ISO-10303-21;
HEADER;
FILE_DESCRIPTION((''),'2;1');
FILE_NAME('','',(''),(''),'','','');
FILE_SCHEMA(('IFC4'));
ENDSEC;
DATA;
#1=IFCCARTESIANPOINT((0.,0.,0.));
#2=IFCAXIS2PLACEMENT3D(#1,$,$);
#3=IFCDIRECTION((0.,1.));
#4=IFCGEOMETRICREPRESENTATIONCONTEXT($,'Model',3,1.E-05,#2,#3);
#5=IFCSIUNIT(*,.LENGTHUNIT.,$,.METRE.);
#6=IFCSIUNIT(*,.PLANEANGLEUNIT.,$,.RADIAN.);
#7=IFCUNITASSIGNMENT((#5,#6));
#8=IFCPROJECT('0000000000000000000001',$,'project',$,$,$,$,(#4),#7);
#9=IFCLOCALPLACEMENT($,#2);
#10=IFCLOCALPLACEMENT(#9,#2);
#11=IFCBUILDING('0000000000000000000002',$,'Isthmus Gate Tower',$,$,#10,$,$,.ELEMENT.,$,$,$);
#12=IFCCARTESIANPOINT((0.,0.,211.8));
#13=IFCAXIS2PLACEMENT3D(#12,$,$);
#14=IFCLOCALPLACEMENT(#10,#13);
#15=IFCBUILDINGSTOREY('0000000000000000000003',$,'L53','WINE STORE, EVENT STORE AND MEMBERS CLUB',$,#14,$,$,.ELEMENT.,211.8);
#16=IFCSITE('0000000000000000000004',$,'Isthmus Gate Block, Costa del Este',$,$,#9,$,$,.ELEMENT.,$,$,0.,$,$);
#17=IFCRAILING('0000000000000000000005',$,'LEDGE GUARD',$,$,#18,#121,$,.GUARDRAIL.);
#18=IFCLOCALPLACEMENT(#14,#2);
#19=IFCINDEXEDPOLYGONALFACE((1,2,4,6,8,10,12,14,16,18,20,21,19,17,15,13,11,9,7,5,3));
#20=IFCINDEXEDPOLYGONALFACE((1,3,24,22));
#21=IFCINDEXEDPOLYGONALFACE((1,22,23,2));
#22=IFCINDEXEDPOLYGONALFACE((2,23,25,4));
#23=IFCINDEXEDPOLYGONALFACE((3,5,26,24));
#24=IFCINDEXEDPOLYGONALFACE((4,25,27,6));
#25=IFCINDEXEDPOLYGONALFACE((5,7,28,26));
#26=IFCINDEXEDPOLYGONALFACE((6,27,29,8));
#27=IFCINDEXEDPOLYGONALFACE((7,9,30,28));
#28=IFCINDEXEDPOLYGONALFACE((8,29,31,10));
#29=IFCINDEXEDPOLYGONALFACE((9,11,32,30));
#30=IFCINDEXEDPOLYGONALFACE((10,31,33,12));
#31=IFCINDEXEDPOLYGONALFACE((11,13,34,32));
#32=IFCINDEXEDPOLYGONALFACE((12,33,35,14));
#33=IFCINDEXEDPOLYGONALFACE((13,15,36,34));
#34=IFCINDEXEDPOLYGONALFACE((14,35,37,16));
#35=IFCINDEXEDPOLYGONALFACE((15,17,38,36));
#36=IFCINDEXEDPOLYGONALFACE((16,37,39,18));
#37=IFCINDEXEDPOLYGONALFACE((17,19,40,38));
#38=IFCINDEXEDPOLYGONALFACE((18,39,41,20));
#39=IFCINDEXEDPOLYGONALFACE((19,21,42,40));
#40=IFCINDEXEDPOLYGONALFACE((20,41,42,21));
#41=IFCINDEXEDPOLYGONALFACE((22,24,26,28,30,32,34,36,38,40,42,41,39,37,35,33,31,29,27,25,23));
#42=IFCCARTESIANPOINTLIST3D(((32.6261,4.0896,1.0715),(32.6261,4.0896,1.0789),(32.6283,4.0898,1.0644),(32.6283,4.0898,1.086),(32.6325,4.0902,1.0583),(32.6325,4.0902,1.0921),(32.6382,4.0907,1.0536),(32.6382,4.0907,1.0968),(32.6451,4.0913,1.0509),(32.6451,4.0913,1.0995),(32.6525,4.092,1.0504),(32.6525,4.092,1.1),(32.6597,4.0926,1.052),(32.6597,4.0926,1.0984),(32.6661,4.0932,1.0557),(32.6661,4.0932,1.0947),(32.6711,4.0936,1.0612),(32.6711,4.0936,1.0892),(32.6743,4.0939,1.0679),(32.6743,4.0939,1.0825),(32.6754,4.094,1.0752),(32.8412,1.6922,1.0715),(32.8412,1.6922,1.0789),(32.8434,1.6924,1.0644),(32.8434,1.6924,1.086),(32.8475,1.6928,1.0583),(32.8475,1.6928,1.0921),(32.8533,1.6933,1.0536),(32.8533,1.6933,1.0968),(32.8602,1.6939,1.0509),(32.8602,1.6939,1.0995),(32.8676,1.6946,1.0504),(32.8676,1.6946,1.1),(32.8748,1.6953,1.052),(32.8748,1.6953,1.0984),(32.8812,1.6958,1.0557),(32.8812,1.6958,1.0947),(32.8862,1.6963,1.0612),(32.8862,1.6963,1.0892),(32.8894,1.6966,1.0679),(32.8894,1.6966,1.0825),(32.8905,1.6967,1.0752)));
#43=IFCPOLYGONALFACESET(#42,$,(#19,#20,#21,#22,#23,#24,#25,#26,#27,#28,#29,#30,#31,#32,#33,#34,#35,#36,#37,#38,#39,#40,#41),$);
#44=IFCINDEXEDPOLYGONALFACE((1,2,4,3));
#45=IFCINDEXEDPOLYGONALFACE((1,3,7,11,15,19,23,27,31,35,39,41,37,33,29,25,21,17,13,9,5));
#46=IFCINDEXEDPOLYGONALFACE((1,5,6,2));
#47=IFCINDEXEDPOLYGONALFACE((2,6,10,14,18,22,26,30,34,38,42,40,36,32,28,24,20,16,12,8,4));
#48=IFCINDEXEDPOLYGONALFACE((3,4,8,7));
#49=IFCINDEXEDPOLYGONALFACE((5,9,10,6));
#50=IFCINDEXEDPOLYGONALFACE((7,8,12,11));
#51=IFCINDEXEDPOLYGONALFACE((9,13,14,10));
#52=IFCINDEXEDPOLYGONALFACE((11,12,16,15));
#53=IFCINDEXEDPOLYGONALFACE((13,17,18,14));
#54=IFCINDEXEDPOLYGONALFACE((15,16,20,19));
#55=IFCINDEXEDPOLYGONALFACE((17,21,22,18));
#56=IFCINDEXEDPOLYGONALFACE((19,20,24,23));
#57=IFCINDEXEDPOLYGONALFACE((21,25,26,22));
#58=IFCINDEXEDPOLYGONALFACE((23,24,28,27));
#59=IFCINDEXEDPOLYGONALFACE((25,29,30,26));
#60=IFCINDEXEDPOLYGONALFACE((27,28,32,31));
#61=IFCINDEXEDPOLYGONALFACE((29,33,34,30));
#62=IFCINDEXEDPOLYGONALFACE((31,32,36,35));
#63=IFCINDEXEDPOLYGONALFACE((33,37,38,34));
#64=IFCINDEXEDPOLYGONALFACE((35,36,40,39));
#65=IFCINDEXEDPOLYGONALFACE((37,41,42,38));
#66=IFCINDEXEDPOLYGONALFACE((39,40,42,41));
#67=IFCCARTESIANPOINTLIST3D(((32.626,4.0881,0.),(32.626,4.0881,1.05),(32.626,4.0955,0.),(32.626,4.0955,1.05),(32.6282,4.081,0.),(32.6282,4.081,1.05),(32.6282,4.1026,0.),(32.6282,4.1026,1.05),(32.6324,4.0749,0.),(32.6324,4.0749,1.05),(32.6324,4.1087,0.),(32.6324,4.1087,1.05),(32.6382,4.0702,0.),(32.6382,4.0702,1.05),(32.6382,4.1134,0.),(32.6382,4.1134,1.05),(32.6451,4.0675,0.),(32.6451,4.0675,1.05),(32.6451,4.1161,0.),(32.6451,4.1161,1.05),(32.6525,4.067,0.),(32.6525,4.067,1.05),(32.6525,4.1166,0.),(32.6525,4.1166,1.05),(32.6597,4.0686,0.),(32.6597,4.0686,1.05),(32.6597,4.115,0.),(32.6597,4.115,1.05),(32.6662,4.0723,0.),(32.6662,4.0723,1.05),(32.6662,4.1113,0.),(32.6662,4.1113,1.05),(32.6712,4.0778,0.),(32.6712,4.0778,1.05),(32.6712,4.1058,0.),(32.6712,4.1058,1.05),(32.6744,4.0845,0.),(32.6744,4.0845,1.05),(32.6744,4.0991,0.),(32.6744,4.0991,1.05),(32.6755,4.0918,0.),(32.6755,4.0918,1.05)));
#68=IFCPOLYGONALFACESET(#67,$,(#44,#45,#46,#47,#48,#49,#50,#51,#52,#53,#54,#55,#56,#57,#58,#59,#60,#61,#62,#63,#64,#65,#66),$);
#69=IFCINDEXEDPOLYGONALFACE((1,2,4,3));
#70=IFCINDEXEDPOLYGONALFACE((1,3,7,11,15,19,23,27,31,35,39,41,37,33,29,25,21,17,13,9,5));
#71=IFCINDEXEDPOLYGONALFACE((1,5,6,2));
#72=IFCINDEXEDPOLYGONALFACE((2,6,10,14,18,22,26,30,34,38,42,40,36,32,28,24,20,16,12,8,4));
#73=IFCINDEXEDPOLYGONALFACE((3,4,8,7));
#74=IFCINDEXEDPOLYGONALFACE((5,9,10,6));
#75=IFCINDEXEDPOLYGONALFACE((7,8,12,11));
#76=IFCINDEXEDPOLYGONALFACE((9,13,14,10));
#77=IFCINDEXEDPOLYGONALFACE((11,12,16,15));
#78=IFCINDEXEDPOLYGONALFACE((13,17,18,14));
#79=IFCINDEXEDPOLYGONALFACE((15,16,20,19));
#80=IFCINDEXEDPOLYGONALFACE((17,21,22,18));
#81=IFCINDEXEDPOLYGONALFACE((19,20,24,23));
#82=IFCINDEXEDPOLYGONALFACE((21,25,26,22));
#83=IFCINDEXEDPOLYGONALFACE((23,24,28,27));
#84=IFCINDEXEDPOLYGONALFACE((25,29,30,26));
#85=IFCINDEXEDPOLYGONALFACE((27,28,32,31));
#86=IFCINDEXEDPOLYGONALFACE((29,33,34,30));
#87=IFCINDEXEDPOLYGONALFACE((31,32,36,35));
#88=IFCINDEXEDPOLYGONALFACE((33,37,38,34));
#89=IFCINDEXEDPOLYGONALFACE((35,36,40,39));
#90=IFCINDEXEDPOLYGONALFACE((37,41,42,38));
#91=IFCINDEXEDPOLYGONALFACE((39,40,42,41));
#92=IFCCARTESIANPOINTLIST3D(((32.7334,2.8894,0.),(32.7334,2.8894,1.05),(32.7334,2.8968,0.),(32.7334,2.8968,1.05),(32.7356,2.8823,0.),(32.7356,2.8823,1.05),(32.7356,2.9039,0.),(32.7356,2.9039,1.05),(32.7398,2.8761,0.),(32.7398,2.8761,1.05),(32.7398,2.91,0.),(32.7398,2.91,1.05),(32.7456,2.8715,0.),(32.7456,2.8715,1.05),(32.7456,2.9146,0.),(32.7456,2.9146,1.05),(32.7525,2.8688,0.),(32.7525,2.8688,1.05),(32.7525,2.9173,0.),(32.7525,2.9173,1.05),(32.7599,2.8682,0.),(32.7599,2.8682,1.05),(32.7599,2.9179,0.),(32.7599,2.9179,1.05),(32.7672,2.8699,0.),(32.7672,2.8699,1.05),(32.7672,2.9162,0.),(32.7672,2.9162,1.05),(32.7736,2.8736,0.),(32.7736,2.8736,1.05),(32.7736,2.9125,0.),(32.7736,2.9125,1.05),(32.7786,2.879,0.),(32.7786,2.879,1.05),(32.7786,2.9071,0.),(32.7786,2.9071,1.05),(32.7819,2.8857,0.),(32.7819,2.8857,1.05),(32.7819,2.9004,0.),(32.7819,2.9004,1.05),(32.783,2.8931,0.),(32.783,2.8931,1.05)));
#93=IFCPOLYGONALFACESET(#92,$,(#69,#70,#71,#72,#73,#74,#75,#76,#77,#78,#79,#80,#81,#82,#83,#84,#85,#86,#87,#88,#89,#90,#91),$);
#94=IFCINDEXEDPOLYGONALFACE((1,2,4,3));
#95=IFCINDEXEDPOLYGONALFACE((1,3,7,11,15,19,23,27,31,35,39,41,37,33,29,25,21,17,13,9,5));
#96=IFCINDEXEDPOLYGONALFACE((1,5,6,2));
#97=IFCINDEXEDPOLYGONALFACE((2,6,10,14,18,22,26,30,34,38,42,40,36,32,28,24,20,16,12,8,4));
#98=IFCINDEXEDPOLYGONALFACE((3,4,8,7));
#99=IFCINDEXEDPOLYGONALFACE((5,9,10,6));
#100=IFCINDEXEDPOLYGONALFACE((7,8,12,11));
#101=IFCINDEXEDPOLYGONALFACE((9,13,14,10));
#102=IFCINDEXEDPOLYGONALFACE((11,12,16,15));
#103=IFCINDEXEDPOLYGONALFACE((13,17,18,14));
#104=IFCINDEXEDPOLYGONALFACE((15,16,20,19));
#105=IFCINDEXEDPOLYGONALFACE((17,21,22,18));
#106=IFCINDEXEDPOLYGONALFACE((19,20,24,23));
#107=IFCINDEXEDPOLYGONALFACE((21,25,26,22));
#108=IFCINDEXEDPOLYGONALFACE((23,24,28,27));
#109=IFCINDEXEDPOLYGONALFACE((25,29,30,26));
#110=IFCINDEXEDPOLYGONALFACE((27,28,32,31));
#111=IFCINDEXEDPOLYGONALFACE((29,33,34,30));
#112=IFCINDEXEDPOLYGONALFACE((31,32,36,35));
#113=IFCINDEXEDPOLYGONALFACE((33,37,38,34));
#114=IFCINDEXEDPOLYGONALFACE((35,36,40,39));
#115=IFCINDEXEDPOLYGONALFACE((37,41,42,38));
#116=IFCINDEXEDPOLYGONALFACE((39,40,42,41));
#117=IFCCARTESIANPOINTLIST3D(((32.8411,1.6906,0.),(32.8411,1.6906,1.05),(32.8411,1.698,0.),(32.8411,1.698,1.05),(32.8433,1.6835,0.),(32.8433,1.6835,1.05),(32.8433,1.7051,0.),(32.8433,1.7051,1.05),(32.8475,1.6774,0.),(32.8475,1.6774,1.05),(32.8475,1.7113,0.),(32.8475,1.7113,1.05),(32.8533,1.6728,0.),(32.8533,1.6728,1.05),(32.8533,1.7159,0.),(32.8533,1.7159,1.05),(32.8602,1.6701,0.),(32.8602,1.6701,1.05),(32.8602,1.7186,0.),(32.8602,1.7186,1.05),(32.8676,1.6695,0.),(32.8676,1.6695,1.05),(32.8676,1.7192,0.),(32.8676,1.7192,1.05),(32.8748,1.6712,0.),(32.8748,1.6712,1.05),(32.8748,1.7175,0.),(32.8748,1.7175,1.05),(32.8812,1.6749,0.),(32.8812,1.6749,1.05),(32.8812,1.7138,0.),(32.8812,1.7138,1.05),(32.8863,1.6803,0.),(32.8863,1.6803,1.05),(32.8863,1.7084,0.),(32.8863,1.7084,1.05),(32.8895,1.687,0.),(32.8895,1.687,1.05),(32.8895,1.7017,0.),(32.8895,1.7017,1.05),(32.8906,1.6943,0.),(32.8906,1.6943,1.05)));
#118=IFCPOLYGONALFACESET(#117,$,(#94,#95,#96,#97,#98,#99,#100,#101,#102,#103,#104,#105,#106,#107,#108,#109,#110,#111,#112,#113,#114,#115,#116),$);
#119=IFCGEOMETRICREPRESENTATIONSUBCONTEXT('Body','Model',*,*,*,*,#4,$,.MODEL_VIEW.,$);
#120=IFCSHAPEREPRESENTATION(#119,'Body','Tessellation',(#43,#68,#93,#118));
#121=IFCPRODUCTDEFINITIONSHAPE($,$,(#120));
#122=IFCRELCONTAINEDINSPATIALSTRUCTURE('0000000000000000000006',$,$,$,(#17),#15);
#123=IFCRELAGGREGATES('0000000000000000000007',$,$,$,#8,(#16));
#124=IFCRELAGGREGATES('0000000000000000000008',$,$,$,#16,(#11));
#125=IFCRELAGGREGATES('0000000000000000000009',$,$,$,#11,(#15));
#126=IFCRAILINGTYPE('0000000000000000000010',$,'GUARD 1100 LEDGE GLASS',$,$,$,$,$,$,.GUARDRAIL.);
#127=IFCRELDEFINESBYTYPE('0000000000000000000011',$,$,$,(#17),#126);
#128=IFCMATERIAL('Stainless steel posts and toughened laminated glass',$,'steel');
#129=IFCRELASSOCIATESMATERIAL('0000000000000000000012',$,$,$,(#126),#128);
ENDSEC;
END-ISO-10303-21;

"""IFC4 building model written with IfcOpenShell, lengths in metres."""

from ifc_helpers import new_model, si_unit, direction, frame, origin, origin_2d, place, context, subcontext, project, spatial, circle, extrude, material, type_object, element, save


model = new_model("IFC4")

# Units and contexts
model_context = context("Model", 3, precision=1e-05, world=origin(), true_north=direction((0.0, 1.0)))
body_context = subcontext(model_context, "Body", "Model", "MODEL_VIEW")
ifc_project = project(units=[si_unit("LENGTHUNIT", "METRE"), si_unit("PLANEANGLEUNIT", "RADIAN")], contexts=[model_context])

# Site, building, storey
site_placement = place(None, origin())
site = spatial("IfcSite", under=ifc_project, at=site_placement, Name="Isthmus Gate Block, Costa del Este", CompositionType="ELEMENT", RefElevation=0.0)
building_placement = place(site_placement, origin())
building = spatial("IfcBuilding", under=site, at=building_placement, Name="Isthmus Gate Tower", CompositionType="ELEMENT")
storey_placement = place(building_placement, frame((0.0, 0.0, 211.8)))
storey = spatial("IfcBuildingStorey", under=building, at=storey_placement, Name="L53", Description="WINE STORE, EVENT STORE AND MEMBERS CLUB", CompositionType="ELEMENT", Elevation=211.8)

# Railing
ifc_material_1 = material(Name="Stainless steel posts and toughened laminated glass", Category="steel")
railing_type_1 = type_object("IfcRailingType", Name="GUARD 1100 LEDGE GLASS", PredefinedType="GUARDRAIL", material=ifc_material_1)
railing_1_placement = place(storey_placement, frame((32.6506, 4.0918, 0.0)))
element("IfcRailing", 1, at=railing_1_placement, inside=storey, type_object=railing_type_1, Name="LEDGE GUARD", PredefinedType="GUARDRAIL", context=body_context, shape_type="SweptSolid", body=[
    extrude(circle(Radius=0.0249, at=origin_2d()), frame((0.0, 0.0, 1.0752), z_axis=(0.089356, -0.996, 0.0), x_axis=(0.996, 0.089356, 0.0)), (0.0, 0.0, 1.0), 2.407),
    extrude(circle(Radius=0.0249, at=origin_2d()), origin(), (0.0, 0.0, 1.0), 1.05),
    extrude(circle(Radius=0.0249, at=origin_2d()), frame((0.1074, -1.1987, 0.0)), (0.0, 0.0, 1.0), 1.05),
    extrude(circle(Radius=0.0249, at=origin_2d()), frame((0.2151, -2.3975, 0.0)), (0.0, 0.0, 1.0), 1.05),
])

save(model, "model.ifc")
